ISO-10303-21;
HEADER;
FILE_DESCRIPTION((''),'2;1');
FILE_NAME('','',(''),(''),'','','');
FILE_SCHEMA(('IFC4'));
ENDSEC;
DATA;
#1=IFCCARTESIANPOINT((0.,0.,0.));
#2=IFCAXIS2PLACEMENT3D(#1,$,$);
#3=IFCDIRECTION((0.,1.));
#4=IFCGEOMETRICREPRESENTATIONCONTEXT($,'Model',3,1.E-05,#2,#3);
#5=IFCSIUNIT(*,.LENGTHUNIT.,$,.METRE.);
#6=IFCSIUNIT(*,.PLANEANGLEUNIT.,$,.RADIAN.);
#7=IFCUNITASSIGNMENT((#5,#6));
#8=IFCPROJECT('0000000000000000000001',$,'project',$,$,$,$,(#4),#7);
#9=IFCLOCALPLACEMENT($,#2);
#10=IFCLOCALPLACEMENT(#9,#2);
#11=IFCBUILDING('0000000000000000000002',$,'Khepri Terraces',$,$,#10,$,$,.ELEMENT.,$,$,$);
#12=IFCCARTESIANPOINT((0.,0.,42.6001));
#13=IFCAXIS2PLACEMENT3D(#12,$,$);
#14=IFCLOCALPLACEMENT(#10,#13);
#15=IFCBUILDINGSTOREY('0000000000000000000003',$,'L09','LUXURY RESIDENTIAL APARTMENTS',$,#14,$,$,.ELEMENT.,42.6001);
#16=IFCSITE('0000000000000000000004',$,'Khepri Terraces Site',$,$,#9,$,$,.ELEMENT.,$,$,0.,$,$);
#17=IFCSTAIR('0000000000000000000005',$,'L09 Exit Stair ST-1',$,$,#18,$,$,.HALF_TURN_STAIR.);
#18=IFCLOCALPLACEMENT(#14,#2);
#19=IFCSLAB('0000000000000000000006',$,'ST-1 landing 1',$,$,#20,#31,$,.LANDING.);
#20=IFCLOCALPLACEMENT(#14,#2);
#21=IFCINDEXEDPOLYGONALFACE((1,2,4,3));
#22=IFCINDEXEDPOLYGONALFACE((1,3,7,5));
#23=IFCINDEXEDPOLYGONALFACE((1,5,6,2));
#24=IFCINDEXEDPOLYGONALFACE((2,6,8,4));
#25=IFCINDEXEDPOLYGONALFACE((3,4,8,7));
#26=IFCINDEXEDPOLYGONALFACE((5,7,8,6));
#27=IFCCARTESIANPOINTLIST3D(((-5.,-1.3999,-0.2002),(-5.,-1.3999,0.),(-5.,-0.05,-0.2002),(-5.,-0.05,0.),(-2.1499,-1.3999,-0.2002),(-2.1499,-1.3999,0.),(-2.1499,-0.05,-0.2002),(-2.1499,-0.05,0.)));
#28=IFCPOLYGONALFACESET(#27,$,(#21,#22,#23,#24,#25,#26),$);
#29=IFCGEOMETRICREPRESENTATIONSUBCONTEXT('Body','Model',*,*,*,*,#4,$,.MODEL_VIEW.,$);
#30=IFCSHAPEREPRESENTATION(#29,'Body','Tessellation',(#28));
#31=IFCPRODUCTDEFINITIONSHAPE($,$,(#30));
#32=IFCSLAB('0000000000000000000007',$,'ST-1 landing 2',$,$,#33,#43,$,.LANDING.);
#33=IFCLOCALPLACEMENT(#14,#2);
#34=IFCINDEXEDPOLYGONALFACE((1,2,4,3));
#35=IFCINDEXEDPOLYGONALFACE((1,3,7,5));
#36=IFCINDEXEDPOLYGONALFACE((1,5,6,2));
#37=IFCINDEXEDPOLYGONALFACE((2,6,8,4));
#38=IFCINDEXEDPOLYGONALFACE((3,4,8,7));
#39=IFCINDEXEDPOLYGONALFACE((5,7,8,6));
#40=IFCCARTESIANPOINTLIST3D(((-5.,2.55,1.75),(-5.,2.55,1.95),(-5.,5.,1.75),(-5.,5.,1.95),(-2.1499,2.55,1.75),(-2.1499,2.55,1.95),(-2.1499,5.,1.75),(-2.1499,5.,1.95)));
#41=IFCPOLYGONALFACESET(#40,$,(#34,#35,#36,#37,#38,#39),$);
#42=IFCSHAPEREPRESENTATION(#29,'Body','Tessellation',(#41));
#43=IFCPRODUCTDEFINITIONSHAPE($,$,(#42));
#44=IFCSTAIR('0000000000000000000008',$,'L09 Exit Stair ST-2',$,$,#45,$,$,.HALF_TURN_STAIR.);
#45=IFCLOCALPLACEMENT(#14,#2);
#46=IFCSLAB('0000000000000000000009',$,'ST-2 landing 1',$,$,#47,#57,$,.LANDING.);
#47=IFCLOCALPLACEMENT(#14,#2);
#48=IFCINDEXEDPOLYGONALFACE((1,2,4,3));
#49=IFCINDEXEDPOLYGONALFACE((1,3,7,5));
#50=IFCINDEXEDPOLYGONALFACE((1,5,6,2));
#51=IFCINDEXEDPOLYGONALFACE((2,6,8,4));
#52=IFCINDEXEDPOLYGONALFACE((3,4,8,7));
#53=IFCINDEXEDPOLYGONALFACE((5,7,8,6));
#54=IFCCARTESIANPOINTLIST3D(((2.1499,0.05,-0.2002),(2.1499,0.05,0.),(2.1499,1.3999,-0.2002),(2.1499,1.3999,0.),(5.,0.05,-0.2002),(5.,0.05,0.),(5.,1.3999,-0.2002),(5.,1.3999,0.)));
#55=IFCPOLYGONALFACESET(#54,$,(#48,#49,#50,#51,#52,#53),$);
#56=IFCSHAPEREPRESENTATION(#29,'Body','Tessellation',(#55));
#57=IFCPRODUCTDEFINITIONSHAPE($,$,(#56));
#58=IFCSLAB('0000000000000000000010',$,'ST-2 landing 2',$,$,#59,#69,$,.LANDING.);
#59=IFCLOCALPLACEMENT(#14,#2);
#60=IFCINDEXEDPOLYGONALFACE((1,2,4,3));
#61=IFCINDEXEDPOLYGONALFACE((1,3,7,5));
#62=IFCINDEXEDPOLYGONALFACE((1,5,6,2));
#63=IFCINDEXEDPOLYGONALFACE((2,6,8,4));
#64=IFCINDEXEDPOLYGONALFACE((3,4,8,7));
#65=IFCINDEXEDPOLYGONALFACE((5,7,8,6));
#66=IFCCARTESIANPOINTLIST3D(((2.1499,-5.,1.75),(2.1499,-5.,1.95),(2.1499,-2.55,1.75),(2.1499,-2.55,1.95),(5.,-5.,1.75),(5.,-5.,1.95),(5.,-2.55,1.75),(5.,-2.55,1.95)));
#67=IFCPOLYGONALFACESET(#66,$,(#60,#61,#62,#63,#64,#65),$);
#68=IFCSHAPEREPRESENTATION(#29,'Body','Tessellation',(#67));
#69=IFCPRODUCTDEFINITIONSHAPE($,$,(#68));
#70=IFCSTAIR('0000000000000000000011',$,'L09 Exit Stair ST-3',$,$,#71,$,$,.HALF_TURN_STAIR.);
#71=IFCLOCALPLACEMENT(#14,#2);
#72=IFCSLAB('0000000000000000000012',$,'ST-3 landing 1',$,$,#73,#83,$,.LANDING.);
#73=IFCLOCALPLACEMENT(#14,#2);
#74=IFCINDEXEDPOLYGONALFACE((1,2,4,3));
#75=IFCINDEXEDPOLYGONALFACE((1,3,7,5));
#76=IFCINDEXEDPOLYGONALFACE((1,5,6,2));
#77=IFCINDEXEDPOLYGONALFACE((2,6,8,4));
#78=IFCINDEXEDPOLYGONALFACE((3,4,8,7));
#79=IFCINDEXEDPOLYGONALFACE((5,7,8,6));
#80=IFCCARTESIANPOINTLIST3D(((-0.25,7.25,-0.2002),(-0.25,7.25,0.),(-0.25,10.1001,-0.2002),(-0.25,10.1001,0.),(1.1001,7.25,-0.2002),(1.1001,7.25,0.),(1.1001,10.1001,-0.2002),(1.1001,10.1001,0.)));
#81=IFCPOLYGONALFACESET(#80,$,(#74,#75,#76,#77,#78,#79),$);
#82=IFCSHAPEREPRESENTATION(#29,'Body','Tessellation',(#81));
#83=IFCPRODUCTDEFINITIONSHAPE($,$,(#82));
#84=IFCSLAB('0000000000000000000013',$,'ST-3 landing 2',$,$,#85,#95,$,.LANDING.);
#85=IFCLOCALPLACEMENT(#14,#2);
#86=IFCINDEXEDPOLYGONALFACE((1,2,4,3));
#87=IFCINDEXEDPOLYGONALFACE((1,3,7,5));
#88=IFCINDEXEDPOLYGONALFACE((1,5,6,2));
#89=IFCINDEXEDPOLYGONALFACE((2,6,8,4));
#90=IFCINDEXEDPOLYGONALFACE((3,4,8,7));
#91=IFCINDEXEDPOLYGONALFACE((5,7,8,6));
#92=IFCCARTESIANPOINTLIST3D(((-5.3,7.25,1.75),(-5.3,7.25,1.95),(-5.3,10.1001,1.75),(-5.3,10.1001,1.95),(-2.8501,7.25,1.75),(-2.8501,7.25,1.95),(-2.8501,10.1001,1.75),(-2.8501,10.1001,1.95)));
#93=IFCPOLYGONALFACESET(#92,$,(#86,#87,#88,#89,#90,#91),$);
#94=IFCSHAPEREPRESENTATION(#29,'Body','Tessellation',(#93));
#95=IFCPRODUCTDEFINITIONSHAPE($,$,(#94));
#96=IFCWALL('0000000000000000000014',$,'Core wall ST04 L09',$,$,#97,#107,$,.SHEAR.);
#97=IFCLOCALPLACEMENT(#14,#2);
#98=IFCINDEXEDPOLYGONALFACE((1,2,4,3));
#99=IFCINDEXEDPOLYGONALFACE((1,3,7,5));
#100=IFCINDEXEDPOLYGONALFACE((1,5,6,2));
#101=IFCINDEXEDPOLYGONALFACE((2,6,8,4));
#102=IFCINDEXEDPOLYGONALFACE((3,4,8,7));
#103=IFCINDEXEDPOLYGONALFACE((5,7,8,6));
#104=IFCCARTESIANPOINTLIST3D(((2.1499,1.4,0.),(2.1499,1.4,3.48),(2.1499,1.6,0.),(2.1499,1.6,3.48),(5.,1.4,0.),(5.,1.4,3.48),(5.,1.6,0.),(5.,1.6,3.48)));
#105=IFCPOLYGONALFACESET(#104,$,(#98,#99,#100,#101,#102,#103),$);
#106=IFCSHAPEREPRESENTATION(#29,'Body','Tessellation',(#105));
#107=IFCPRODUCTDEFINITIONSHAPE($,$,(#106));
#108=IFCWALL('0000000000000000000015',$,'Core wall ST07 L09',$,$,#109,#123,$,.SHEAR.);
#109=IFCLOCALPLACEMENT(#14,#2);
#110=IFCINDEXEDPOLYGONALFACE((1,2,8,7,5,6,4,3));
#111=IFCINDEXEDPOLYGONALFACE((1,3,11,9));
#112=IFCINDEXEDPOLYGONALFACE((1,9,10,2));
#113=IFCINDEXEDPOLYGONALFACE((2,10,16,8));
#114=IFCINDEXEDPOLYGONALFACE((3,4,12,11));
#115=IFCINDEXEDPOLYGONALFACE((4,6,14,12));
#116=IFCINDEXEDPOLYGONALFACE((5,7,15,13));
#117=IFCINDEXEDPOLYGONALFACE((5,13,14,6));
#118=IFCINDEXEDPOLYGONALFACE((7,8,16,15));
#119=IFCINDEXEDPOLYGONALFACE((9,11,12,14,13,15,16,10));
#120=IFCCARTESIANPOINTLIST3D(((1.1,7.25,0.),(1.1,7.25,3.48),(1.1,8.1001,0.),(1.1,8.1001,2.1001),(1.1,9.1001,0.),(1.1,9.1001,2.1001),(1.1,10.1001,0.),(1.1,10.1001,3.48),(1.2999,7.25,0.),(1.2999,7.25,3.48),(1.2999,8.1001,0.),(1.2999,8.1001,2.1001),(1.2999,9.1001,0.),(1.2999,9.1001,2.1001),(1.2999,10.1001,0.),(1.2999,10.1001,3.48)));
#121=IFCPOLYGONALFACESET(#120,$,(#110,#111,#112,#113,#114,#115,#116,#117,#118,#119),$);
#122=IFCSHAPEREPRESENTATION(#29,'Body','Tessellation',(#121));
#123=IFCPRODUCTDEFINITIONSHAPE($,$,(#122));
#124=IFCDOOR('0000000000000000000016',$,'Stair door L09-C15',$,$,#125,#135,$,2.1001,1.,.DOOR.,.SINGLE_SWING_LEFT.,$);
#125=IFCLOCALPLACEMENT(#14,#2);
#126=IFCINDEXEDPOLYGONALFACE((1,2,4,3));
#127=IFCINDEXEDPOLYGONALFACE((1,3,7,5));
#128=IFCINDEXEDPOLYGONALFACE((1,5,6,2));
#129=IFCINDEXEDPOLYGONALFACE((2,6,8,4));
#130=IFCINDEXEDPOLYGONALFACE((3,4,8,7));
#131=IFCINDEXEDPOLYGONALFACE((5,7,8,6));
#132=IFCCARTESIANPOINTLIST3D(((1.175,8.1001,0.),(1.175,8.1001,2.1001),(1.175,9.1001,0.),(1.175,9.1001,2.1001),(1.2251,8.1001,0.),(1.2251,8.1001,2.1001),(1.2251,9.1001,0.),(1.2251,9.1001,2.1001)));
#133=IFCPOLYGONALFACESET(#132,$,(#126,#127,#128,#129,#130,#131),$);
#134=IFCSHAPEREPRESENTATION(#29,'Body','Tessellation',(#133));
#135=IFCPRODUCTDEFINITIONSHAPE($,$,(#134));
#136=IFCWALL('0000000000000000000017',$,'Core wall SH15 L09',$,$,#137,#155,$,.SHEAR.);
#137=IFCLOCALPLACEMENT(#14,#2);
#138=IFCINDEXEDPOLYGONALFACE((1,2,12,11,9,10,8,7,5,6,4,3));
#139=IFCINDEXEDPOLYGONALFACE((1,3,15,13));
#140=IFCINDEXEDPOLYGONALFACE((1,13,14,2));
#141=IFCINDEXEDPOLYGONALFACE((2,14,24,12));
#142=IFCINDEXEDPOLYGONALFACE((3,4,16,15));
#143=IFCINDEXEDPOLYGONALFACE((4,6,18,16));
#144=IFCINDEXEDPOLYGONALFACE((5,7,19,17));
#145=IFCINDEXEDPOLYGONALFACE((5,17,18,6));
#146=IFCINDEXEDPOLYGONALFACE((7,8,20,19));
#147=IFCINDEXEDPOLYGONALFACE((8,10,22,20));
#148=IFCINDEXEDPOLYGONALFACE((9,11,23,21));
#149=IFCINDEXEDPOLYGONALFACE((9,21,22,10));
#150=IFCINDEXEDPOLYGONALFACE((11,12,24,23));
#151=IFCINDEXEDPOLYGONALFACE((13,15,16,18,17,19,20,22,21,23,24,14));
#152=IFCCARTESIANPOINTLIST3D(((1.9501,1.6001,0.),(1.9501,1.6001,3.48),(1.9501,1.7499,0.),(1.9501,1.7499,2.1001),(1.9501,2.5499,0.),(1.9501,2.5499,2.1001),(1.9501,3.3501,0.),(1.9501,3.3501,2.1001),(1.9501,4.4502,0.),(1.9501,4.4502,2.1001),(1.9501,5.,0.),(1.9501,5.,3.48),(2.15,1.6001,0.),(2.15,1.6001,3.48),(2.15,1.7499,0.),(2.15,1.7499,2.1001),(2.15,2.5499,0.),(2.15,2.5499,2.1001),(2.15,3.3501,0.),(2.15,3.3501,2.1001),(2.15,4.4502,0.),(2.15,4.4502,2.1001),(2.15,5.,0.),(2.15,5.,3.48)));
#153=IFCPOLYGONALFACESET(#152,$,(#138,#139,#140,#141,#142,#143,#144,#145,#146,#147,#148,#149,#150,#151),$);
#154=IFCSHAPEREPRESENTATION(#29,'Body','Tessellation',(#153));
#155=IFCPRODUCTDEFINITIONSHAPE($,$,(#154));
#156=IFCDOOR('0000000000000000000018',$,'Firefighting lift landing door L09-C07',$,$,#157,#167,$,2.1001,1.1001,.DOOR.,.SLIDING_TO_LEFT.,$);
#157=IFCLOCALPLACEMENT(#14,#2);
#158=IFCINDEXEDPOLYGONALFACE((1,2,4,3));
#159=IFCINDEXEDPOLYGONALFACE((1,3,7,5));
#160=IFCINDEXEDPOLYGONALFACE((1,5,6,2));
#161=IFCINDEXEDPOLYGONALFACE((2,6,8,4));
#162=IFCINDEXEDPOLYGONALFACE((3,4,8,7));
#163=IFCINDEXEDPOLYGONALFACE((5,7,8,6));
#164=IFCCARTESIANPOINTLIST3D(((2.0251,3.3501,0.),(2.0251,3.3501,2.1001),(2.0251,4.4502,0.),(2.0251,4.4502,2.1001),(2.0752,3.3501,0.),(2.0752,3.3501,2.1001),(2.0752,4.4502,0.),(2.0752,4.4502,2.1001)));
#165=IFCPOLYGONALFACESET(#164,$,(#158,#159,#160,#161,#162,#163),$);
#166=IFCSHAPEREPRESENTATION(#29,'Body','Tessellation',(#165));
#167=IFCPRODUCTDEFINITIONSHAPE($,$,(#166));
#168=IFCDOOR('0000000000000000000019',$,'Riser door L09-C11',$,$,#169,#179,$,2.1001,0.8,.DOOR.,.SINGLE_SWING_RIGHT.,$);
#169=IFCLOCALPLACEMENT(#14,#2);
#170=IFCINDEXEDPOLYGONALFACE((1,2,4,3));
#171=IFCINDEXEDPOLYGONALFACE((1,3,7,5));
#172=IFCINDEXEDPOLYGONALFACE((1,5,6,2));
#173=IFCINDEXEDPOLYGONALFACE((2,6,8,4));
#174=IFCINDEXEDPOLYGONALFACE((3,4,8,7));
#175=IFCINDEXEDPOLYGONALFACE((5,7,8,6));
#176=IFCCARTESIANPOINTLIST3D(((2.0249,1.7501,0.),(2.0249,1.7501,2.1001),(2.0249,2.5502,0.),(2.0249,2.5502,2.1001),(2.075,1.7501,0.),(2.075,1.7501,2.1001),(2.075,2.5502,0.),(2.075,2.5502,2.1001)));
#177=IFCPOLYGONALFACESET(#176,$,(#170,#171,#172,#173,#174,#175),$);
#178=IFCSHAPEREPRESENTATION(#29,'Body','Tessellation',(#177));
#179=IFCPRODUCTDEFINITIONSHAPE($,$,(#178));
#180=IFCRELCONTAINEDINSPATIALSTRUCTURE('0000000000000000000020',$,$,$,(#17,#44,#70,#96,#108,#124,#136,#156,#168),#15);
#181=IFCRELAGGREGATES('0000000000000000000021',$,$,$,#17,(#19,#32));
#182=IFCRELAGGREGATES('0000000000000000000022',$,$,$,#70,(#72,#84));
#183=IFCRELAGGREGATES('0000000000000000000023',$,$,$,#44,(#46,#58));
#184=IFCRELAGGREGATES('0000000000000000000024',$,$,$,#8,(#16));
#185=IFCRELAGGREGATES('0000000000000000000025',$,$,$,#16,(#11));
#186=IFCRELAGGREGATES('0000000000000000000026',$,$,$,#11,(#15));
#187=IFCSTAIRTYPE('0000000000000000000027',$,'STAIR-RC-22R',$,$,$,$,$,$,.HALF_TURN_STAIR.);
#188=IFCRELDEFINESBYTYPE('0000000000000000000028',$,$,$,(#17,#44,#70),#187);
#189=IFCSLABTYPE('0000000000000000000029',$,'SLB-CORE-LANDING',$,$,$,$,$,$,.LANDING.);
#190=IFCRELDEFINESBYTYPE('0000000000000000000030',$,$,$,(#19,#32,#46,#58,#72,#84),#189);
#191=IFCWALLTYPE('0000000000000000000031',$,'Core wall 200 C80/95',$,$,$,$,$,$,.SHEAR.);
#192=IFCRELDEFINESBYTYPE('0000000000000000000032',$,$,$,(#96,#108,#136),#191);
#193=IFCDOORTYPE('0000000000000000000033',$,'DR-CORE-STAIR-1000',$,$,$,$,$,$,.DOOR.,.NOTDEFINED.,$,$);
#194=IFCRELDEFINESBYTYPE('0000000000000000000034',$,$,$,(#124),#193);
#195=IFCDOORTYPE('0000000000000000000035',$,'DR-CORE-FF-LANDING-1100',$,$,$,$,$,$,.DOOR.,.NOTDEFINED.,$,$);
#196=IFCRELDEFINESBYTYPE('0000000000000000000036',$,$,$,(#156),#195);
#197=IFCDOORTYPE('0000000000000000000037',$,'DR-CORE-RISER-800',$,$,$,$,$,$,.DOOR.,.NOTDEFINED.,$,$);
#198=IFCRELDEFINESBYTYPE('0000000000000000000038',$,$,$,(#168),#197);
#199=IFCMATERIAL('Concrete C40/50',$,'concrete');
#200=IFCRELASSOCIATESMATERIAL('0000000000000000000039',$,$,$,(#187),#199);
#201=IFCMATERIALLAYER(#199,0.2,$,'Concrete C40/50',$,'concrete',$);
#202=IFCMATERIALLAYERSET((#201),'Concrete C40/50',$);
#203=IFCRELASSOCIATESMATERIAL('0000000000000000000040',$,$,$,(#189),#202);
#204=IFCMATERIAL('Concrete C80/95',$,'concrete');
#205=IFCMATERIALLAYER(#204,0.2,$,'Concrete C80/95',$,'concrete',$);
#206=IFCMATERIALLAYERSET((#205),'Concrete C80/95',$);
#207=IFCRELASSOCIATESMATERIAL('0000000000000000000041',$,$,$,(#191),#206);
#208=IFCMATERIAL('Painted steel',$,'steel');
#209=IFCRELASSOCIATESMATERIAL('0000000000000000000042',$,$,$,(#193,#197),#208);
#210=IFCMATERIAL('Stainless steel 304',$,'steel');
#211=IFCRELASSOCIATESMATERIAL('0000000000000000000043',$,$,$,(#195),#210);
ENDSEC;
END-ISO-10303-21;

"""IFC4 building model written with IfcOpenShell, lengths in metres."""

from ifc_helpers import new_model, si_unit, direction, frame, frame_2d, origin, place, context, subcontext, project, spatial, polyline, rectangle, outline, extrude, material, layer, layer_set, type_object, element, fill, aggregate, save


model = new_model("IFC4")

# Units and contexts
model_context = context("Model", 3, precision=1e-05, world=origin(), true_north=direction((0.0, 1.0)))
body_context = subcontext(model_context, "Body", "Model", "MODEL_VIEW")
ifc_project = project(units=[si_unit("LENGTHUNIT", "METRE"), si_unit("PLANEANGLEUNIT", "RADIAN")], contexts=[model_context])

# Site, building, storey
site_placement = place(None, origin())
site = spatial("IfcSite", under=ifc_project, at=site_placement, Name="Khepri Terraces Site", CompositionType="ELEMENT", RefElevation=0.0)
building_placement = place(site_placement, origin())
building = spatial("IfcBuilding", under=site, at=building_placement, Name="Khepri Terraces", CompositionType="ELEMENT")
storey_placement = place(building_placement, frame((0.0, 0.0, 42.6001)))
storey = spatial("IfcBuildingStorey", under=building, at=storey_placement, Name="L09", Description="LUXURY RESIDENTIAL APARTMENTS", CompositionType="ELEMENT", Elevation=42.6001)

# Stairs, slabs
ifc_material_1 = material(Name="Concrete C40/50", Category="concrete")
stair_type = type_object("IfcStairType", Name="STAIR-RC-22R", PredefinedType="HALF_TURN_STAIR", material=ifc_material_1)
stair_1_placement = place(storey_placement, origin())
stair_1 = element("IfcStair", 1, at=stair_1_placement, inside=storey, type_object=stair_type, Name="L09 Exit Stair ST-1", PredefinedType="HALF_TURN_STAIR")
ifc_layer_1 = layer(ifc_material_1, 0.2, Name="Concrete C40/50", Category="concrete")
ifc_layer_set_1 = layer_set([ifc_layer_1], Name="Concrete C40/50")
slab_type = type_object("IfcSlabType", Name="SLB-CORE-LANDING", PredefinedType="LANDING", material=ifc_layer_set_1)
slab_1_placement = place(storey_placement, frame((0.0, 0.0, -0.2002)))
slab_1 = element("IfcSlab", 2, at=slab_1_placement, type_object=slab_type, Name="ST-1 landing 1", PredefinedType="LANDING", context=body_context, shape_type="SweptSolid", body=[
    extrude(outline(polyline([(-2.1499, -1.3999), (-2.1499, -0.05), (-5.0, -0.05), (-5.0, -1.3999), (-2.1499, -1.3999)])), origin(), (0.0, 0.0, 1.0), 0.2002),
])
slab_2_placement = place(storey_placement, frame((0.0, 0.0, 1.75)))
slab_2 = element("IfcSlab", 3, at=slab_2_placement, type_object=slab_type, Name="ST-1 landing 2", PredefinedType="LANDING", context=body_context, shape_type="SweptSolid", body=[
    extrude(outline(polyline([(-2.1499, 2.55), (-2.1499, 5.0), (-5.0, 5.0), (-5.0, 2.55), (-2.1499, 2.55)])), origin(), (0.0, 0.0, 1.0), 0.2),
])
aggregate(stair_1, [slab_1, slab_2])
stair_2_placement = place(storey_placement, origin())
stair_2 = element("IfcStair", 4, at=stair_2_placement, inside=storey, type_object=stair_type, Name="L09 Exit Stair ST-2", PredefinedType="HALF_TURN_STAIR")
slab_3_placement = place(storey_placement, frame((0.0, 0.0, -0.2002)))
slab_3 = element("IfcSlab", 5, at=slab_3_placement, type_object=slab_type, Name="ST-2 landing 1", PredefinedType="LANDING", context=body_context, shape_type="SweptSolid", body=[
    extrude(outline(polyline([(2.1499, 1.3999), (2.1499, 0.05), (5.0, 0.05), (5.0, 1.3999), (2.1499, 1.3999)])), origin(), (0.0, 0.0, 1.0), 0.2002),
])
slab_4_placement = place(storey_placement, frame((0.0, 0.0, 1.75)))
slab_4 = element("IfcSlab", 6, at=slab_4_placement, type_object=slab_type, Name="ST-2 landing 2", PredefinedType="LANDING", context=body_context, shape_type="SweptSolid", body=[
    extrude(outline(polyline([(2.1499, -2.55), (2.1499, -5.0), (5.0, -5.0), (5.0, -2.55), (2.1499, -2.55)])), origin(), (0.0, 0.0, 1.0), 0.2),
])
stair_3_placement = place(storey_placement, origin())
stair_3 = element("IfcStair", 7, at=stair_3_placement, inside=storey, type_object=stair_type, Name="L09 Exit Stair ST-3", PredefinedType="HALF_TURN_STAIR")
slab_5_placement = place(storey_placement, frame((0.0, 0.0, -0.2002)))
slab_5 = element("IfcSlab", 8, at=slab_5_placement, type_object=slab_type, Name="ST-3 landing 1", PredefinedType="LANDING", context=body_context, shape_type="SweptSolid", body=[
    extrude(outline(polyline([(1.1001, 10.1001), (-0.25, 10.1001), (-0.25, 7.25), (1.1001, 7.25), (1.1001, 10.1001)])), origin(), (0.0, 0.0, 1.0), 0.2002),
])
slab_6_placement = place(storey_placement, frame((0.0, 0.0, 1.75)))
slab_6 = element("IfcSlab", 9, at=slab_6_placement, type_object=slab_type, Name="ST-3 landing 2", PredefinedType="LANDING", context=body_context, shape_type="SweptSolid", body=[
    extrude(outline(polyline([(-2.8501, 10.1001), (-5.3, 10.1001), (-5.3, 7.25), (-2.8501, 7.25), (-2.8501, 10.1001)])), origin(), (0.0, 0.0, 1.0), 0.2),
])
aggregate(stair_3, [slab_5, slab_6])

# Wall
ifc_material_2 = material(Name="Concrete C80/95", Category="concrete")
ifc_layer_2 = layer(ifc_material_2, 0.2, Name="Concrete C80/95", Category="concrete")
ifc_layer_set_2 = layer_set([ifc_layer_2], Name="Concrete C80/95")
wall_type = type_object("IfcWallType", Name="Core wall 200 C80/95", PredefinedType="SHEAR", material=ifc_layer_set_2)
wall_1_placement = place(storey_placement, frame((2.1499, 1.5, 0.0), z_axis=(0.0, 0.0, 1.0), x_axis=(1.0, 0.0, 0.0)))
element("IfcWall", 10, at=wall_1_placement, inside=storey, type_object=wall_type, Name="Core wall ST04 L09", PredefinedType="SHEAR", context=body_context, shape_type="SweptSolid", body=[
    extrude(rectangle(XDim=2.8501, YDim=0.2, at=frame_2d((1.425, 0.0))), origin(), (0.0, 0.0, 1.0), 3.48),
])

# Wall, opening, door
wall_2_placement = place(storey_placement, frame((1.2, 7.25, 0.0), z_axis=(0.0, 0.0, 1.0), x_axis=(0.0, 1.0, 0.0)))
wall_2 = element("IfcWall", 11, at=wall_2_placement, inside=storey, type_object=wall_type, Name="Core wall ST07 L09", PredefinedType="SHEAR", context=body_context, shape_type="SweptSolid", body=[
    extrude(rectangle(XDim=2.8501, YDim=0.2, at=frame_2d((1.425, 0.0))), origin(), (0.0, 0.0, 1.0), 3.48),
])
opening_1_placement = place(wall_2_placement, frame((0.8501, 0.0, 0.0)))
opening_1 = element("IfcOpeningElement", 12, at=opening_1_placement, cuts=wall_2, PredefinedType="OPENING", context=body_context, shape_type="SweptSolid", body=[
    extrude(rectangle(XDim=1.0, YDim=2.1001, at=frame_2d((0.5, 1.05))), frame((0.0, 0.1099, 0.0), z_axis=(0.0, -1.0, 0.0), x_axis=(1.0, 0.0, 0.0)), (0.0, 0.0, 1.0), 0.22),
])
ifc_material_3 = material(Name="Painted steel", Category="steel")
door_type_1 = type_object("IfcDoorType", Name="DR-CORE-STAIR-1000", OperationType="NOTDEFINED", PredefinedType="DOOR", material=ifc_material_3)
door_1_placement = place(opening_1_placement, origin())
door_1 = element("IfcDoor", 13, at=door_1_placement, inside=storey, type_object=door_type_1, Name="Stair door L09-C15", OperationType="SINGLE_SWING_LEFT", OverallHeight=2.1001, OverallWidth=1.0, PredefinedType="DOOR", context=body_context, shape_type="SweptSolid", body=[
    extrude(rectangle(XDim=1.0, YDim=2.1001, at=frame_2d((0.5, 1.05))), frame((0.0, 0.0249, 0.0), z_axis=(0.0, -1.0, 0.0), x_axis=(1.0, 0.0, 0.0)), (0.0, 0.0, 1.0), 0.05),
])
fill(opening_1, door_1)

# Wall, openings, doors
wall_3_placement = place(storey_placement, frame((2.05, 1.6001, 0.0), z_axis=(0.0, 0.0, 1.0), x_axis=(0.0, 1.0, 0.0)))
wall_3 = element("IfcWall", 14, at=wall_3_placement, inside=storey, type_object=wall_type, Name="Core wall SH15 L09", PredefinedType="SHEAR", context=body_context, shape_type="SweptSolid", body=[
    extrude(rectangle(XDim=3.3999, YDim=0.2, at=frame_2d((1.7, 0.0))), origin(), (0.0, 0.0, 1.0), 3.48),
])
opening_2_placement = place(wall_3_placement, frame((1.75, 0.0, 0.0)))
opening_2 = element("IfcOpeningElement", 15, at=opening_2_placement, cuts=wall_3, PredefinedType="OPENING", context=body_context, shape_type="SweptSolid", body=[
    extrude(rectangle(XDim=1.1001, YDim=2.1001, at=frame_2d((0.55, 1.05))), frame((0.0, 0.1099, 0.0), z_axis=(0.0, -1.0, 0.0), x_axis=(1.0, 0.0, 0.0)), (0.0, 0.0, 1.0), 0.22),
])
opening_3_placement = place(wall_3_placement, frame((0.1499, 0.0, 0.0)))
opening_3 = element("IfcOpeningElement", 16, at=opening_3_placement, cuts=wall_3, PredefinedType="OPENING", context=body_context, shape_type="SweptSolid", body=[
    extrude(rectangle(XDim=0.8, YDim=2.1001, at=frame_2d((0.3999, 1.05))), frame((0.0, 0.1099, 0.0), z_axis=(0.0, -1.0, 0.0), x_axis=(1.0, 0.0, 0.0)), (0.0, 0.0, 1.0), 0.22),
])
ifc_material_4 = material(Name="Stainless steel 304", Category="steel")
door_type_2 = type_object("IfcDoorType", Name="DR-CORE-FF-LANDING-1100", OperationType="NOTDEFINED", PredefinedType="DOOR", material=ifc_material_4)
door_2_placement = place(opening_2_placement, origin())
door_2 = element("IfcDoor", 17, at=door_2_placement, inside=storey, type_object=door_type_2, Name="Firefighting lift landing door L09-C07", OperationType="SLIDING_TO_LEFT", OverallHeight=2.1001, OverallWidth=1.1001, PredefinedType="DOOR", context=body_context, shape_type="SweptSolid", body=[
    extrude(rectangle(XDim=1.1001, YDim=2.1001, at=frame_2d((0.55, 1.05))), frame((0.0, 0.0249, 0.0), z_axis=(0.0, -1.0, 0.0), x_axis=(1.0, 0.0, 0.0)), (0.0, 0.0, 1.0), 0.05),
])
fill(opening_2, door_2)
door_type_3 = type_object("IfcDoorType", Name="DR-CORE-RISER-800", OperationType="NOTDEFINED", PredefinedType="DOOR", material=ifc_material_3)
door_3_placement = place(opening_3_placement, frame((0.8, 0.0, 0.0), z_axis=(0.0, 0.0, 1.0), x_axis=(-1.0, 0.0, 0.0)))
door_3 = element("IfcDoor", 18, at=door_3_placement, inside=storey, type_object=door_type_3, Name="Riser door L09-C11", OperationType="SINGLE_SWING_RIGHT", OverallHeight=2.1001, OverallWidth=0.8, PredefinedType="DOOR", context=body_context, shape_type="SweptSolid", body=[
    extrude(rectangle(XDim=0.8, YDim=2.1001, at=frame_2d((0.3999, 1.05))), frame((0.0, 0.0249, 0.0), z_axis=(0.0, -1.0, 0.0), x_axis=(1.0, 0.0, 0.0)), (0.0, 0.0, 1.0), 0.05),
])
fill(opening_3, door_3)

aggregate(stair_2, [slab_3, slab_4])

save(model, "model.ifc")
